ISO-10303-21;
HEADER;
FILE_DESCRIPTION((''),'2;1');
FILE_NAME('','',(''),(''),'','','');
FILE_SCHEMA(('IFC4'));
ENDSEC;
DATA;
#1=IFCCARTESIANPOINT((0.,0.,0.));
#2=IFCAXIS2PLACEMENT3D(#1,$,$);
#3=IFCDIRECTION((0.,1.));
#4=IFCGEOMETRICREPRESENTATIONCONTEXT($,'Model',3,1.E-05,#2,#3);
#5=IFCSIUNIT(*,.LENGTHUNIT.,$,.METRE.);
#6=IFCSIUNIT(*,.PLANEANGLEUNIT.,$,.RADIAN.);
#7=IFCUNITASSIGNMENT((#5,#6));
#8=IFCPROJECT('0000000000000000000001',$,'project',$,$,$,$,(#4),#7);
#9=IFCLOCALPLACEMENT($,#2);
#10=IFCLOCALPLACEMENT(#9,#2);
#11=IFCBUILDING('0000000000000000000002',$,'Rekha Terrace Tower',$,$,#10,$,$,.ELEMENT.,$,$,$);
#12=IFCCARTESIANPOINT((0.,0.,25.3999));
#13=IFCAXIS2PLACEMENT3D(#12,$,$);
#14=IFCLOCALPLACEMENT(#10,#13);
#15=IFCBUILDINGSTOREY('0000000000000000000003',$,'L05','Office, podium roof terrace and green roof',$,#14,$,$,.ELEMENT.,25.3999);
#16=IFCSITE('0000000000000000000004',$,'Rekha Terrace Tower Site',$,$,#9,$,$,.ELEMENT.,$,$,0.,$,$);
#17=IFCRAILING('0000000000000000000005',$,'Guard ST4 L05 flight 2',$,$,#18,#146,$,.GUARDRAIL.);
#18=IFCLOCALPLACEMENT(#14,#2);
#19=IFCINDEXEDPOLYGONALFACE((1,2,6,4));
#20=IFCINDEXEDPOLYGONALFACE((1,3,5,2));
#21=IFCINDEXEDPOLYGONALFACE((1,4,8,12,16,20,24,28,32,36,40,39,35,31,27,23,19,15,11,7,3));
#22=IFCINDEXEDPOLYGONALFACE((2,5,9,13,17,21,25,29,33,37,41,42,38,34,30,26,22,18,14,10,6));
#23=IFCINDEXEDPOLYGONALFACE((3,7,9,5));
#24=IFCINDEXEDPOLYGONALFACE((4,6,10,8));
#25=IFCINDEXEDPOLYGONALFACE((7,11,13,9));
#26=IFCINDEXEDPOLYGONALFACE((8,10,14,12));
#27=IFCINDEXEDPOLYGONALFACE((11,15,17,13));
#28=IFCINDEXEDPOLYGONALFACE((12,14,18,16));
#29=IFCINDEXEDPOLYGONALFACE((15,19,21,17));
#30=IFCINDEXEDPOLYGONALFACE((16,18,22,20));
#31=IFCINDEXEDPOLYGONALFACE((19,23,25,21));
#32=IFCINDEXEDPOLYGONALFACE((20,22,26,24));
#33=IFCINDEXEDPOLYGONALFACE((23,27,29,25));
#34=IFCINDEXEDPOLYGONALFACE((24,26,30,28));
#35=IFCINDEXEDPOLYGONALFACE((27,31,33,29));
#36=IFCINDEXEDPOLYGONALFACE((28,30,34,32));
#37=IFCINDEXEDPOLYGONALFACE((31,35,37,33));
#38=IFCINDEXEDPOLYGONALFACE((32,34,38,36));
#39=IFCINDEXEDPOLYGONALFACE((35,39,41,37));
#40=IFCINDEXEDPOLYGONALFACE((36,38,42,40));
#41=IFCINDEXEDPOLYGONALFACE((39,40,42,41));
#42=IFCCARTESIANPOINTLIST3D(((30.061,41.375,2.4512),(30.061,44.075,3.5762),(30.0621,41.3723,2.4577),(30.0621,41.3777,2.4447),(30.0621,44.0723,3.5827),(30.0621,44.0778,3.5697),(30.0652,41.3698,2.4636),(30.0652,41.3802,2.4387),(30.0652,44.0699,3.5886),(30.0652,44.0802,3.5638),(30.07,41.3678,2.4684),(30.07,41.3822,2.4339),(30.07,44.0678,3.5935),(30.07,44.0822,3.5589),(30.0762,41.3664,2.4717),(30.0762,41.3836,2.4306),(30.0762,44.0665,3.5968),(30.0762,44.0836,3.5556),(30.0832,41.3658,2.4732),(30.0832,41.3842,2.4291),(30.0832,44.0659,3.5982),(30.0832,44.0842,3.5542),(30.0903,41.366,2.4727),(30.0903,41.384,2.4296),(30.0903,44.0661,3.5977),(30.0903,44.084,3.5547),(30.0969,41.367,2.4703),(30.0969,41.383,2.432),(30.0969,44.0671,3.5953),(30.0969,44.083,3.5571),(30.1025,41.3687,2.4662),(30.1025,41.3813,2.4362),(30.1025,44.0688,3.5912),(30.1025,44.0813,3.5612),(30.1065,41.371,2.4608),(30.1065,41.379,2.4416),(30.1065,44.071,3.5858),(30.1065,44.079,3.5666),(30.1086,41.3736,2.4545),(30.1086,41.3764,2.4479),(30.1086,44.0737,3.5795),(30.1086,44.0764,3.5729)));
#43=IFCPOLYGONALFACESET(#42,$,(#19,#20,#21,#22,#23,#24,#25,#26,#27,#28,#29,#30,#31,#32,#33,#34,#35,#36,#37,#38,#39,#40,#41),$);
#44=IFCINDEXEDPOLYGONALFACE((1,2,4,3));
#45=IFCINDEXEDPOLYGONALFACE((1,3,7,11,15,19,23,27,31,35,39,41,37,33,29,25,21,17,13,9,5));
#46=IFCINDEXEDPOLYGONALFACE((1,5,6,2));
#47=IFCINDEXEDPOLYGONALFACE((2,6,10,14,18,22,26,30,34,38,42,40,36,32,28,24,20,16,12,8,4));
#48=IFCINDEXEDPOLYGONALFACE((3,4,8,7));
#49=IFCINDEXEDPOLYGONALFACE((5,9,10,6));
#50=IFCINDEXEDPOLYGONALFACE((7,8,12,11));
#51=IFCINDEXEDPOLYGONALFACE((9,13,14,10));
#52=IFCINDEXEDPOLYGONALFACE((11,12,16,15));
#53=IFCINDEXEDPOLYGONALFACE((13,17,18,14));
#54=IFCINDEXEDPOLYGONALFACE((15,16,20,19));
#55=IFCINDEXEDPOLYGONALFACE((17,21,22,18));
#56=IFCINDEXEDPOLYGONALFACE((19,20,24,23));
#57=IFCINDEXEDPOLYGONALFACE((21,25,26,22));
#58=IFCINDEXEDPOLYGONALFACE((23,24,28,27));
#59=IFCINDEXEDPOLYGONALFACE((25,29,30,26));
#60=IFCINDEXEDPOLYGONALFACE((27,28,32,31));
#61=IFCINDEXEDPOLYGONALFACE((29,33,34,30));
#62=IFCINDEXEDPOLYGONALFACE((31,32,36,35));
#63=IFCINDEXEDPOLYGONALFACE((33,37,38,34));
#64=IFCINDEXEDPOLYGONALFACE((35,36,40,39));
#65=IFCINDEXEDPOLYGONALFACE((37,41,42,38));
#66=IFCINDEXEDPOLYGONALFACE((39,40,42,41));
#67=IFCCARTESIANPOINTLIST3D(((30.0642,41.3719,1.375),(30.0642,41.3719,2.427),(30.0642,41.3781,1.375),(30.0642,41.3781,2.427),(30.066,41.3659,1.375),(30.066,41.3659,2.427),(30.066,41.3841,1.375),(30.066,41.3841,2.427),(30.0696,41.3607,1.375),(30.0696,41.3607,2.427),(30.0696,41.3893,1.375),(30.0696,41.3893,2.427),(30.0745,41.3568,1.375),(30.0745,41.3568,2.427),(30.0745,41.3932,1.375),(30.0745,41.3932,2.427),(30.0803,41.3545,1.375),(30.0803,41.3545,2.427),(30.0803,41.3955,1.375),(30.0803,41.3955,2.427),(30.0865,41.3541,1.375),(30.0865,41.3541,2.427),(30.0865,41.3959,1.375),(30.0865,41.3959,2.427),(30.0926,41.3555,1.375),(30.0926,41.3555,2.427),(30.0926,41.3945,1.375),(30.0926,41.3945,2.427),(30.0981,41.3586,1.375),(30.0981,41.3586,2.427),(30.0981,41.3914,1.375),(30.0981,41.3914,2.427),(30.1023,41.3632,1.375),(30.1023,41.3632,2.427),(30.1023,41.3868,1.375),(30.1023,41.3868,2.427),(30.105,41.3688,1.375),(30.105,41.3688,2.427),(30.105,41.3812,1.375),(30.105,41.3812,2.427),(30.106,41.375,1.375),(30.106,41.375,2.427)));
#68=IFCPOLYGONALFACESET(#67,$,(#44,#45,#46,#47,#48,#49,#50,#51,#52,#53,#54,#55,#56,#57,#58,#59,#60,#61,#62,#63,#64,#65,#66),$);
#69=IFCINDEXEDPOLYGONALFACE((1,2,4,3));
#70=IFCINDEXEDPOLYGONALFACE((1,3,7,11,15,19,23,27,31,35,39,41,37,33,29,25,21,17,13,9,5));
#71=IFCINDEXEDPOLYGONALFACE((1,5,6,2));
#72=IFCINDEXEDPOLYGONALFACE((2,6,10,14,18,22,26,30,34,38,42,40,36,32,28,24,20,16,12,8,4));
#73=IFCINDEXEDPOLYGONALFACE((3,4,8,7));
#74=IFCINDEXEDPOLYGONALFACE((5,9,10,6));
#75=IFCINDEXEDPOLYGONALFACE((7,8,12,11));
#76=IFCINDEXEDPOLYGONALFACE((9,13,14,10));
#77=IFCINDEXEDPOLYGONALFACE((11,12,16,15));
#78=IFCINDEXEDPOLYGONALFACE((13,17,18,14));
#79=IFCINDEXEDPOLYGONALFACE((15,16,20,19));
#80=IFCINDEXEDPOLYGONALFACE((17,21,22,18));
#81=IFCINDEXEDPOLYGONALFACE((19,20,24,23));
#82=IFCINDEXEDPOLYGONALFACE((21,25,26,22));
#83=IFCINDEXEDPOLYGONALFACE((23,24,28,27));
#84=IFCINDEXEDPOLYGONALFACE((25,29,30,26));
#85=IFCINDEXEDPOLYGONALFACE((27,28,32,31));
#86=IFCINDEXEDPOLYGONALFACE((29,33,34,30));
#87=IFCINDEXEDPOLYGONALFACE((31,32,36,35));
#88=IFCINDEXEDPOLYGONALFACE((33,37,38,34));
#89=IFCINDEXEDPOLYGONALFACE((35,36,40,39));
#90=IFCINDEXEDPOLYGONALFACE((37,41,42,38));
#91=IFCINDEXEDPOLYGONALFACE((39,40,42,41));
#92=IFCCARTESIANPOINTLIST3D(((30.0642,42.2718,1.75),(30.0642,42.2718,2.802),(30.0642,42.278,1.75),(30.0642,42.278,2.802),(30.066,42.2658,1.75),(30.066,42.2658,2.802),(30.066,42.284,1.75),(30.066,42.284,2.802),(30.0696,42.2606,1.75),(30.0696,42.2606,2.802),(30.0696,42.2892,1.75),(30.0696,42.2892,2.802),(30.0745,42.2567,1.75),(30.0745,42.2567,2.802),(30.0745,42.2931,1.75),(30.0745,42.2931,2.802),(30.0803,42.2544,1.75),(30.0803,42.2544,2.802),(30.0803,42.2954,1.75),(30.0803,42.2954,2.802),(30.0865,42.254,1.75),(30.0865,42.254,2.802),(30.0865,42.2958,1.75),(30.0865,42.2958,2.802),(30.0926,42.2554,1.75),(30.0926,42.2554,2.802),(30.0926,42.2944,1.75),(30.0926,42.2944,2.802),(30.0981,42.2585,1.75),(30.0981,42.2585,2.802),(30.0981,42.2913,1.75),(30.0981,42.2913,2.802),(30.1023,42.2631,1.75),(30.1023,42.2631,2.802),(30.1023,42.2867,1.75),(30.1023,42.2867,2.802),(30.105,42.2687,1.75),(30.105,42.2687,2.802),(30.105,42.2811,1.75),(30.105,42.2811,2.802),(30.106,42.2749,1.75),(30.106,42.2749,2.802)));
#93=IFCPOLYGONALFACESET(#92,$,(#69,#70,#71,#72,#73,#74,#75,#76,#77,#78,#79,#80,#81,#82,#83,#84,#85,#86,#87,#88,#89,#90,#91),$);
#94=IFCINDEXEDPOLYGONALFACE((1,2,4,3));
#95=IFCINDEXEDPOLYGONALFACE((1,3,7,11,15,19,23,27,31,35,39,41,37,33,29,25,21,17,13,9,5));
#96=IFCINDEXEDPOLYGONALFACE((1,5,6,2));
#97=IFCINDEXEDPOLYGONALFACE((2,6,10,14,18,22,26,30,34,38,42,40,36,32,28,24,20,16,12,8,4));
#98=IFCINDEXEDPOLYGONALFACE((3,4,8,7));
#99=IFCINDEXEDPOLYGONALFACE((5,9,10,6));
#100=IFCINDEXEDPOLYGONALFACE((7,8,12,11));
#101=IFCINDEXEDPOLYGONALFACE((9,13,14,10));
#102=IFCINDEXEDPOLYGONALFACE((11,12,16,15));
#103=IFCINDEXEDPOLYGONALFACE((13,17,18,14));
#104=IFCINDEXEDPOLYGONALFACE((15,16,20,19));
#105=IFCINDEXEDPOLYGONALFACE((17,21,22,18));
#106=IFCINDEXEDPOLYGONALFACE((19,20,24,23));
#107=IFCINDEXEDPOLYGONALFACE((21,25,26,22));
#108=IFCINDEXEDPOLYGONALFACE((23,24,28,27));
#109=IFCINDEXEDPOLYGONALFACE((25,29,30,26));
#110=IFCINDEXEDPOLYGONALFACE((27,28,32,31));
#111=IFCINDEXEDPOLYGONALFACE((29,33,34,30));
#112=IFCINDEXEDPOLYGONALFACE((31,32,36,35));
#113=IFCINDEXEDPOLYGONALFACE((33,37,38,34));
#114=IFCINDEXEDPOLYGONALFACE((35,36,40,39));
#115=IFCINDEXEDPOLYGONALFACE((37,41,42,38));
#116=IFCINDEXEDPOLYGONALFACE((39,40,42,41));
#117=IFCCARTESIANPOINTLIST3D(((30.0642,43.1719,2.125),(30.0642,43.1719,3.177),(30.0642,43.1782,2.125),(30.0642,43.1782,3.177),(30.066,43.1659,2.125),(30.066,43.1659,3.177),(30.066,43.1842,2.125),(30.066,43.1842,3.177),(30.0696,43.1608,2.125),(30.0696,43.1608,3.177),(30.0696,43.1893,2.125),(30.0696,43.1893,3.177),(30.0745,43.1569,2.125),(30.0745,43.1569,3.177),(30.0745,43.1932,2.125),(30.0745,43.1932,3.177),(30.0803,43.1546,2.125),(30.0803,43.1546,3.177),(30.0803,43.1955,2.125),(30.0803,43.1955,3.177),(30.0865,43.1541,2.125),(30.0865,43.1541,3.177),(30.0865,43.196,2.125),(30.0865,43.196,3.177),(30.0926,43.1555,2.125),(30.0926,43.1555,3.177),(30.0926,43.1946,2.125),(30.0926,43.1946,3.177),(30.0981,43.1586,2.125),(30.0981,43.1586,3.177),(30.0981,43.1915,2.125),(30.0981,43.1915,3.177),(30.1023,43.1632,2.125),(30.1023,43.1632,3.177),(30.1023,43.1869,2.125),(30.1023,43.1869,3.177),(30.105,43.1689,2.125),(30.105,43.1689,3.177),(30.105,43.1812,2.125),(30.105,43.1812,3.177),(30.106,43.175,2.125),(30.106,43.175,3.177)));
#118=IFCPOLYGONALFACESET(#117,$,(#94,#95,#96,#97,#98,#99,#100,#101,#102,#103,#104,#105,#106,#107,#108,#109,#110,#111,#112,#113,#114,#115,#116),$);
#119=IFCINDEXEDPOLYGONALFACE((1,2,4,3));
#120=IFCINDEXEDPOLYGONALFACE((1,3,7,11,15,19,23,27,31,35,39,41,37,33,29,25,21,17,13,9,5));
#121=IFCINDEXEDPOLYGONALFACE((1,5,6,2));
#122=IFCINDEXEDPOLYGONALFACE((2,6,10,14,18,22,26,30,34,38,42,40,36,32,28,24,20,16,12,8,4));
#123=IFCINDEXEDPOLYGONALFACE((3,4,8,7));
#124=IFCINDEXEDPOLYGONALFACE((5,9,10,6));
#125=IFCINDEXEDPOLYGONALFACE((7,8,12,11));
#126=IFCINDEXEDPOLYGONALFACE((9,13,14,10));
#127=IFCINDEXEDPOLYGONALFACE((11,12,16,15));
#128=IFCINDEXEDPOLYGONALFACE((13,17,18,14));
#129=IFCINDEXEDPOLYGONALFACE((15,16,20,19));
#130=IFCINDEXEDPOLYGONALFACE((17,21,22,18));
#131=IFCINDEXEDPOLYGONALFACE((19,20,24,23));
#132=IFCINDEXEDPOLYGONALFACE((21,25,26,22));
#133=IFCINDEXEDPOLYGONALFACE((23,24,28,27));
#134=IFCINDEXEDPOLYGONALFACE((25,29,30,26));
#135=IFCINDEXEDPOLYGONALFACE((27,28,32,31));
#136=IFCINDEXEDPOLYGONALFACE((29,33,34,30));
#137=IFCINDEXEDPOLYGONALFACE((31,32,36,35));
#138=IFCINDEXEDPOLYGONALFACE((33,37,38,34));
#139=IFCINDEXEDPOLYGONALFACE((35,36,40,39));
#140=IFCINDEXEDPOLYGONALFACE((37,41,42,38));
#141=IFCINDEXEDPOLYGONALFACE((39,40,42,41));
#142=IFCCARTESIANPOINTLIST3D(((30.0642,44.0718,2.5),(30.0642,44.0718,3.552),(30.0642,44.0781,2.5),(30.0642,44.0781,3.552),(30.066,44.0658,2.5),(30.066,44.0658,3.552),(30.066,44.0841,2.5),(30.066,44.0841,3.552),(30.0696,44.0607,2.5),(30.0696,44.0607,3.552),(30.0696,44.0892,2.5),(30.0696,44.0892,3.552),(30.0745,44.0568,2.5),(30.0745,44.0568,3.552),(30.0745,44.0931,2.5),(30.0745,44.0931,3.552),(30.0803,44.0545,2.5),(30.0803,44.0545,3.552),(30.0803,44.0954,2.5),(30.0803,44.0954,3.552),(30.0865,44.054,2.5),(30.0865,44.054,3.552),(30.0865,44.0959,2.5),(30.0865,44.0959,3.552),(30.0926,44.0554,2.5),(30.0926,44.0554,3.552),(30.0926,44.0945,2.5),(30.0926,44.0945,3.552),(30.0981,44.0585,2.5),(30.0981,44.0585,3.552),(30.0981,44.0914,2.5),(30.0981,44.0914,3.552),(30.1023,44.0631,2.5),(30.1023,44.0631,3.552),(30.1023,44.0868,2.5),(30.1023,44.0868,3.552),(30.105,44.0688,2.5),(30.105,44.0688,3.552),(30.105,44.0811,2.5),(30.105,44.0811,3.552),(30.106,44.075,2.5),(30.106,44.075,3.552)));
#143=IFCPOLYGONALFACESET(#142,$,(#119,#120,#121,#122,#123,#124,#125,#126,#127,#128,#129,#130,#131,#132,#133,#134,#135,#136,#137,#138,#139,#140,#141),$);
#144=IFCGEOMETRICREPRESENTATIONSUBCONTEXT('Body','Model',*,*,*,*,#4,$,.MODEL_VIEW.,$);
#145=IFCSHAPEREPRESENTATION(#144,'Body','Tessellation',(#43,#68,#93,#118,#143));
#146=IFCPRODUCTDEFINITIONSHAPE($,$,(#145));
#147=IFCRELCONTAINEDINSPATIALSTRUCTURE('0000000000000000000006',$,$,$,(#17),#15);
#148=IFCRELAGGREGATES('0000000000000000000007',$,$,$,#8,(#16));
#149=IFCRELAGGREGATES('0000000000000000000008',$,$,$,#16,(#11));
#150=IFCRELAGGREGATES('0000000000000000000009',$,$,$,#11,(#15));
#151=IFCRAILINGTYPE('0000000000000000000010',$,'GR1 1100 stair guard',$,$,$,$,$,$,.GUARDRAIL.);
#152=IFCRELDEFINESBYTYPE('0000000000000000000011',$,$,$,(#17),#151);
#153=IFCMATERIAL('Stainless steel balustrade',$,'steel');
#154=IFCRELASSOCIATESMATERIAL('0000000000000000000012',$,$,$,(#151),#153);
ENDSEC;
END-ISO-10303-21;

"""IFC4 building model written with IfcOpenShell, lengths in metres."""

from ifc_helpers import new_model, si_unit, direction, frame, origin, origin_2d, place, context, subcontext, project, spatial, circle, extrude, material, type_object, element, save


model = new_model("IFC4")

# Units and contexts
model_context = context("Model", 3, precision=1e-05, world=origin(), true_north=direction((0.0, 1.0)))
body_context = subcontext(model_context, "Body", "Model", "MODEL_VIEW")
ifc_project = project(units=[si_unit("LENGTHUNIT", "METRE"), si_unit("PLANEANGLEUNIT", "RADIAN")], contexts=[model_context])

# Site, building, storey
site_placement = place(None, origin())
site = spatial("IfcSite", under=ifc_project, at=site_placement, Name="Rekha Terrace Tower Site", CompositionType="ELEMENT", RefElevation=0.0)
building_placement = place(site_placement, origin())
building = spatial("IfcBuilding", under=site, at=building_placement, Name="Rekha Terrace Tower", CompositionType="ELEMENT")
storey_placement = place(building_placement, frame((0.0, 0.0, 25.3999)))
storey = spatial("IfcBuildingStorey", under=building, at=storey_placement, Name="L05", Description="Office, podium roof terrace and green roof", CompositionType="ELEMENT", Elevation=25.3999)

# Railing
ifc_material_1 = material(Name="Stainless steel balustrade", Category="steel")
railing_type_1 = type_object("IfcRailingType", Name="GR1 1100 stair guard", PredefinedType="GUARDRAIL", material=ifc_material_1)
railing_1_placement = place(storey_placement, frame((30.085, 41.375, 1.375)))
element("IfcRailing", 1, at=railing_1_placement, inside=storey, type_object=railing_type_1, Name="Guard ST4 L05 flight 2", PredefinedType="GUARDRAIL", context=body_context, shape_type="SweptSolid", body=[
    extrude(circle(Radius=0.0239, at=origin_2d()), frame((0.0, 0.0, 1.0762), z_axis=(0.0, 0.923074, 0.384621), x_axis=(-1.0, 0.0, 0.0)), (0.0, 0.0, 1.0), 2.925),
    extrude(circle(Radius=0.021, at=origin_2d()), origin(), (0.0, 0.0, 1.0), 1.052),
    extrude(circle(Radius=0.021, at=origin_2d()), frame((0.0, 0.8999, 0.375)), (0.0, 0.0, 1.0), 1.052),
    extrude(circle(Radius=0.021, at=origin_2d()), frame((0.0, 1.8, 0.75)), (0.0, 0.0, 1.0), 1.052),
    extrude(circle(Radius=0.021, at=origin_2d()), frame((0.0, 2.7, 1.125)), (0.0, 0.0, 1.0), 1.052),
])

save(model, "model.ifc")
